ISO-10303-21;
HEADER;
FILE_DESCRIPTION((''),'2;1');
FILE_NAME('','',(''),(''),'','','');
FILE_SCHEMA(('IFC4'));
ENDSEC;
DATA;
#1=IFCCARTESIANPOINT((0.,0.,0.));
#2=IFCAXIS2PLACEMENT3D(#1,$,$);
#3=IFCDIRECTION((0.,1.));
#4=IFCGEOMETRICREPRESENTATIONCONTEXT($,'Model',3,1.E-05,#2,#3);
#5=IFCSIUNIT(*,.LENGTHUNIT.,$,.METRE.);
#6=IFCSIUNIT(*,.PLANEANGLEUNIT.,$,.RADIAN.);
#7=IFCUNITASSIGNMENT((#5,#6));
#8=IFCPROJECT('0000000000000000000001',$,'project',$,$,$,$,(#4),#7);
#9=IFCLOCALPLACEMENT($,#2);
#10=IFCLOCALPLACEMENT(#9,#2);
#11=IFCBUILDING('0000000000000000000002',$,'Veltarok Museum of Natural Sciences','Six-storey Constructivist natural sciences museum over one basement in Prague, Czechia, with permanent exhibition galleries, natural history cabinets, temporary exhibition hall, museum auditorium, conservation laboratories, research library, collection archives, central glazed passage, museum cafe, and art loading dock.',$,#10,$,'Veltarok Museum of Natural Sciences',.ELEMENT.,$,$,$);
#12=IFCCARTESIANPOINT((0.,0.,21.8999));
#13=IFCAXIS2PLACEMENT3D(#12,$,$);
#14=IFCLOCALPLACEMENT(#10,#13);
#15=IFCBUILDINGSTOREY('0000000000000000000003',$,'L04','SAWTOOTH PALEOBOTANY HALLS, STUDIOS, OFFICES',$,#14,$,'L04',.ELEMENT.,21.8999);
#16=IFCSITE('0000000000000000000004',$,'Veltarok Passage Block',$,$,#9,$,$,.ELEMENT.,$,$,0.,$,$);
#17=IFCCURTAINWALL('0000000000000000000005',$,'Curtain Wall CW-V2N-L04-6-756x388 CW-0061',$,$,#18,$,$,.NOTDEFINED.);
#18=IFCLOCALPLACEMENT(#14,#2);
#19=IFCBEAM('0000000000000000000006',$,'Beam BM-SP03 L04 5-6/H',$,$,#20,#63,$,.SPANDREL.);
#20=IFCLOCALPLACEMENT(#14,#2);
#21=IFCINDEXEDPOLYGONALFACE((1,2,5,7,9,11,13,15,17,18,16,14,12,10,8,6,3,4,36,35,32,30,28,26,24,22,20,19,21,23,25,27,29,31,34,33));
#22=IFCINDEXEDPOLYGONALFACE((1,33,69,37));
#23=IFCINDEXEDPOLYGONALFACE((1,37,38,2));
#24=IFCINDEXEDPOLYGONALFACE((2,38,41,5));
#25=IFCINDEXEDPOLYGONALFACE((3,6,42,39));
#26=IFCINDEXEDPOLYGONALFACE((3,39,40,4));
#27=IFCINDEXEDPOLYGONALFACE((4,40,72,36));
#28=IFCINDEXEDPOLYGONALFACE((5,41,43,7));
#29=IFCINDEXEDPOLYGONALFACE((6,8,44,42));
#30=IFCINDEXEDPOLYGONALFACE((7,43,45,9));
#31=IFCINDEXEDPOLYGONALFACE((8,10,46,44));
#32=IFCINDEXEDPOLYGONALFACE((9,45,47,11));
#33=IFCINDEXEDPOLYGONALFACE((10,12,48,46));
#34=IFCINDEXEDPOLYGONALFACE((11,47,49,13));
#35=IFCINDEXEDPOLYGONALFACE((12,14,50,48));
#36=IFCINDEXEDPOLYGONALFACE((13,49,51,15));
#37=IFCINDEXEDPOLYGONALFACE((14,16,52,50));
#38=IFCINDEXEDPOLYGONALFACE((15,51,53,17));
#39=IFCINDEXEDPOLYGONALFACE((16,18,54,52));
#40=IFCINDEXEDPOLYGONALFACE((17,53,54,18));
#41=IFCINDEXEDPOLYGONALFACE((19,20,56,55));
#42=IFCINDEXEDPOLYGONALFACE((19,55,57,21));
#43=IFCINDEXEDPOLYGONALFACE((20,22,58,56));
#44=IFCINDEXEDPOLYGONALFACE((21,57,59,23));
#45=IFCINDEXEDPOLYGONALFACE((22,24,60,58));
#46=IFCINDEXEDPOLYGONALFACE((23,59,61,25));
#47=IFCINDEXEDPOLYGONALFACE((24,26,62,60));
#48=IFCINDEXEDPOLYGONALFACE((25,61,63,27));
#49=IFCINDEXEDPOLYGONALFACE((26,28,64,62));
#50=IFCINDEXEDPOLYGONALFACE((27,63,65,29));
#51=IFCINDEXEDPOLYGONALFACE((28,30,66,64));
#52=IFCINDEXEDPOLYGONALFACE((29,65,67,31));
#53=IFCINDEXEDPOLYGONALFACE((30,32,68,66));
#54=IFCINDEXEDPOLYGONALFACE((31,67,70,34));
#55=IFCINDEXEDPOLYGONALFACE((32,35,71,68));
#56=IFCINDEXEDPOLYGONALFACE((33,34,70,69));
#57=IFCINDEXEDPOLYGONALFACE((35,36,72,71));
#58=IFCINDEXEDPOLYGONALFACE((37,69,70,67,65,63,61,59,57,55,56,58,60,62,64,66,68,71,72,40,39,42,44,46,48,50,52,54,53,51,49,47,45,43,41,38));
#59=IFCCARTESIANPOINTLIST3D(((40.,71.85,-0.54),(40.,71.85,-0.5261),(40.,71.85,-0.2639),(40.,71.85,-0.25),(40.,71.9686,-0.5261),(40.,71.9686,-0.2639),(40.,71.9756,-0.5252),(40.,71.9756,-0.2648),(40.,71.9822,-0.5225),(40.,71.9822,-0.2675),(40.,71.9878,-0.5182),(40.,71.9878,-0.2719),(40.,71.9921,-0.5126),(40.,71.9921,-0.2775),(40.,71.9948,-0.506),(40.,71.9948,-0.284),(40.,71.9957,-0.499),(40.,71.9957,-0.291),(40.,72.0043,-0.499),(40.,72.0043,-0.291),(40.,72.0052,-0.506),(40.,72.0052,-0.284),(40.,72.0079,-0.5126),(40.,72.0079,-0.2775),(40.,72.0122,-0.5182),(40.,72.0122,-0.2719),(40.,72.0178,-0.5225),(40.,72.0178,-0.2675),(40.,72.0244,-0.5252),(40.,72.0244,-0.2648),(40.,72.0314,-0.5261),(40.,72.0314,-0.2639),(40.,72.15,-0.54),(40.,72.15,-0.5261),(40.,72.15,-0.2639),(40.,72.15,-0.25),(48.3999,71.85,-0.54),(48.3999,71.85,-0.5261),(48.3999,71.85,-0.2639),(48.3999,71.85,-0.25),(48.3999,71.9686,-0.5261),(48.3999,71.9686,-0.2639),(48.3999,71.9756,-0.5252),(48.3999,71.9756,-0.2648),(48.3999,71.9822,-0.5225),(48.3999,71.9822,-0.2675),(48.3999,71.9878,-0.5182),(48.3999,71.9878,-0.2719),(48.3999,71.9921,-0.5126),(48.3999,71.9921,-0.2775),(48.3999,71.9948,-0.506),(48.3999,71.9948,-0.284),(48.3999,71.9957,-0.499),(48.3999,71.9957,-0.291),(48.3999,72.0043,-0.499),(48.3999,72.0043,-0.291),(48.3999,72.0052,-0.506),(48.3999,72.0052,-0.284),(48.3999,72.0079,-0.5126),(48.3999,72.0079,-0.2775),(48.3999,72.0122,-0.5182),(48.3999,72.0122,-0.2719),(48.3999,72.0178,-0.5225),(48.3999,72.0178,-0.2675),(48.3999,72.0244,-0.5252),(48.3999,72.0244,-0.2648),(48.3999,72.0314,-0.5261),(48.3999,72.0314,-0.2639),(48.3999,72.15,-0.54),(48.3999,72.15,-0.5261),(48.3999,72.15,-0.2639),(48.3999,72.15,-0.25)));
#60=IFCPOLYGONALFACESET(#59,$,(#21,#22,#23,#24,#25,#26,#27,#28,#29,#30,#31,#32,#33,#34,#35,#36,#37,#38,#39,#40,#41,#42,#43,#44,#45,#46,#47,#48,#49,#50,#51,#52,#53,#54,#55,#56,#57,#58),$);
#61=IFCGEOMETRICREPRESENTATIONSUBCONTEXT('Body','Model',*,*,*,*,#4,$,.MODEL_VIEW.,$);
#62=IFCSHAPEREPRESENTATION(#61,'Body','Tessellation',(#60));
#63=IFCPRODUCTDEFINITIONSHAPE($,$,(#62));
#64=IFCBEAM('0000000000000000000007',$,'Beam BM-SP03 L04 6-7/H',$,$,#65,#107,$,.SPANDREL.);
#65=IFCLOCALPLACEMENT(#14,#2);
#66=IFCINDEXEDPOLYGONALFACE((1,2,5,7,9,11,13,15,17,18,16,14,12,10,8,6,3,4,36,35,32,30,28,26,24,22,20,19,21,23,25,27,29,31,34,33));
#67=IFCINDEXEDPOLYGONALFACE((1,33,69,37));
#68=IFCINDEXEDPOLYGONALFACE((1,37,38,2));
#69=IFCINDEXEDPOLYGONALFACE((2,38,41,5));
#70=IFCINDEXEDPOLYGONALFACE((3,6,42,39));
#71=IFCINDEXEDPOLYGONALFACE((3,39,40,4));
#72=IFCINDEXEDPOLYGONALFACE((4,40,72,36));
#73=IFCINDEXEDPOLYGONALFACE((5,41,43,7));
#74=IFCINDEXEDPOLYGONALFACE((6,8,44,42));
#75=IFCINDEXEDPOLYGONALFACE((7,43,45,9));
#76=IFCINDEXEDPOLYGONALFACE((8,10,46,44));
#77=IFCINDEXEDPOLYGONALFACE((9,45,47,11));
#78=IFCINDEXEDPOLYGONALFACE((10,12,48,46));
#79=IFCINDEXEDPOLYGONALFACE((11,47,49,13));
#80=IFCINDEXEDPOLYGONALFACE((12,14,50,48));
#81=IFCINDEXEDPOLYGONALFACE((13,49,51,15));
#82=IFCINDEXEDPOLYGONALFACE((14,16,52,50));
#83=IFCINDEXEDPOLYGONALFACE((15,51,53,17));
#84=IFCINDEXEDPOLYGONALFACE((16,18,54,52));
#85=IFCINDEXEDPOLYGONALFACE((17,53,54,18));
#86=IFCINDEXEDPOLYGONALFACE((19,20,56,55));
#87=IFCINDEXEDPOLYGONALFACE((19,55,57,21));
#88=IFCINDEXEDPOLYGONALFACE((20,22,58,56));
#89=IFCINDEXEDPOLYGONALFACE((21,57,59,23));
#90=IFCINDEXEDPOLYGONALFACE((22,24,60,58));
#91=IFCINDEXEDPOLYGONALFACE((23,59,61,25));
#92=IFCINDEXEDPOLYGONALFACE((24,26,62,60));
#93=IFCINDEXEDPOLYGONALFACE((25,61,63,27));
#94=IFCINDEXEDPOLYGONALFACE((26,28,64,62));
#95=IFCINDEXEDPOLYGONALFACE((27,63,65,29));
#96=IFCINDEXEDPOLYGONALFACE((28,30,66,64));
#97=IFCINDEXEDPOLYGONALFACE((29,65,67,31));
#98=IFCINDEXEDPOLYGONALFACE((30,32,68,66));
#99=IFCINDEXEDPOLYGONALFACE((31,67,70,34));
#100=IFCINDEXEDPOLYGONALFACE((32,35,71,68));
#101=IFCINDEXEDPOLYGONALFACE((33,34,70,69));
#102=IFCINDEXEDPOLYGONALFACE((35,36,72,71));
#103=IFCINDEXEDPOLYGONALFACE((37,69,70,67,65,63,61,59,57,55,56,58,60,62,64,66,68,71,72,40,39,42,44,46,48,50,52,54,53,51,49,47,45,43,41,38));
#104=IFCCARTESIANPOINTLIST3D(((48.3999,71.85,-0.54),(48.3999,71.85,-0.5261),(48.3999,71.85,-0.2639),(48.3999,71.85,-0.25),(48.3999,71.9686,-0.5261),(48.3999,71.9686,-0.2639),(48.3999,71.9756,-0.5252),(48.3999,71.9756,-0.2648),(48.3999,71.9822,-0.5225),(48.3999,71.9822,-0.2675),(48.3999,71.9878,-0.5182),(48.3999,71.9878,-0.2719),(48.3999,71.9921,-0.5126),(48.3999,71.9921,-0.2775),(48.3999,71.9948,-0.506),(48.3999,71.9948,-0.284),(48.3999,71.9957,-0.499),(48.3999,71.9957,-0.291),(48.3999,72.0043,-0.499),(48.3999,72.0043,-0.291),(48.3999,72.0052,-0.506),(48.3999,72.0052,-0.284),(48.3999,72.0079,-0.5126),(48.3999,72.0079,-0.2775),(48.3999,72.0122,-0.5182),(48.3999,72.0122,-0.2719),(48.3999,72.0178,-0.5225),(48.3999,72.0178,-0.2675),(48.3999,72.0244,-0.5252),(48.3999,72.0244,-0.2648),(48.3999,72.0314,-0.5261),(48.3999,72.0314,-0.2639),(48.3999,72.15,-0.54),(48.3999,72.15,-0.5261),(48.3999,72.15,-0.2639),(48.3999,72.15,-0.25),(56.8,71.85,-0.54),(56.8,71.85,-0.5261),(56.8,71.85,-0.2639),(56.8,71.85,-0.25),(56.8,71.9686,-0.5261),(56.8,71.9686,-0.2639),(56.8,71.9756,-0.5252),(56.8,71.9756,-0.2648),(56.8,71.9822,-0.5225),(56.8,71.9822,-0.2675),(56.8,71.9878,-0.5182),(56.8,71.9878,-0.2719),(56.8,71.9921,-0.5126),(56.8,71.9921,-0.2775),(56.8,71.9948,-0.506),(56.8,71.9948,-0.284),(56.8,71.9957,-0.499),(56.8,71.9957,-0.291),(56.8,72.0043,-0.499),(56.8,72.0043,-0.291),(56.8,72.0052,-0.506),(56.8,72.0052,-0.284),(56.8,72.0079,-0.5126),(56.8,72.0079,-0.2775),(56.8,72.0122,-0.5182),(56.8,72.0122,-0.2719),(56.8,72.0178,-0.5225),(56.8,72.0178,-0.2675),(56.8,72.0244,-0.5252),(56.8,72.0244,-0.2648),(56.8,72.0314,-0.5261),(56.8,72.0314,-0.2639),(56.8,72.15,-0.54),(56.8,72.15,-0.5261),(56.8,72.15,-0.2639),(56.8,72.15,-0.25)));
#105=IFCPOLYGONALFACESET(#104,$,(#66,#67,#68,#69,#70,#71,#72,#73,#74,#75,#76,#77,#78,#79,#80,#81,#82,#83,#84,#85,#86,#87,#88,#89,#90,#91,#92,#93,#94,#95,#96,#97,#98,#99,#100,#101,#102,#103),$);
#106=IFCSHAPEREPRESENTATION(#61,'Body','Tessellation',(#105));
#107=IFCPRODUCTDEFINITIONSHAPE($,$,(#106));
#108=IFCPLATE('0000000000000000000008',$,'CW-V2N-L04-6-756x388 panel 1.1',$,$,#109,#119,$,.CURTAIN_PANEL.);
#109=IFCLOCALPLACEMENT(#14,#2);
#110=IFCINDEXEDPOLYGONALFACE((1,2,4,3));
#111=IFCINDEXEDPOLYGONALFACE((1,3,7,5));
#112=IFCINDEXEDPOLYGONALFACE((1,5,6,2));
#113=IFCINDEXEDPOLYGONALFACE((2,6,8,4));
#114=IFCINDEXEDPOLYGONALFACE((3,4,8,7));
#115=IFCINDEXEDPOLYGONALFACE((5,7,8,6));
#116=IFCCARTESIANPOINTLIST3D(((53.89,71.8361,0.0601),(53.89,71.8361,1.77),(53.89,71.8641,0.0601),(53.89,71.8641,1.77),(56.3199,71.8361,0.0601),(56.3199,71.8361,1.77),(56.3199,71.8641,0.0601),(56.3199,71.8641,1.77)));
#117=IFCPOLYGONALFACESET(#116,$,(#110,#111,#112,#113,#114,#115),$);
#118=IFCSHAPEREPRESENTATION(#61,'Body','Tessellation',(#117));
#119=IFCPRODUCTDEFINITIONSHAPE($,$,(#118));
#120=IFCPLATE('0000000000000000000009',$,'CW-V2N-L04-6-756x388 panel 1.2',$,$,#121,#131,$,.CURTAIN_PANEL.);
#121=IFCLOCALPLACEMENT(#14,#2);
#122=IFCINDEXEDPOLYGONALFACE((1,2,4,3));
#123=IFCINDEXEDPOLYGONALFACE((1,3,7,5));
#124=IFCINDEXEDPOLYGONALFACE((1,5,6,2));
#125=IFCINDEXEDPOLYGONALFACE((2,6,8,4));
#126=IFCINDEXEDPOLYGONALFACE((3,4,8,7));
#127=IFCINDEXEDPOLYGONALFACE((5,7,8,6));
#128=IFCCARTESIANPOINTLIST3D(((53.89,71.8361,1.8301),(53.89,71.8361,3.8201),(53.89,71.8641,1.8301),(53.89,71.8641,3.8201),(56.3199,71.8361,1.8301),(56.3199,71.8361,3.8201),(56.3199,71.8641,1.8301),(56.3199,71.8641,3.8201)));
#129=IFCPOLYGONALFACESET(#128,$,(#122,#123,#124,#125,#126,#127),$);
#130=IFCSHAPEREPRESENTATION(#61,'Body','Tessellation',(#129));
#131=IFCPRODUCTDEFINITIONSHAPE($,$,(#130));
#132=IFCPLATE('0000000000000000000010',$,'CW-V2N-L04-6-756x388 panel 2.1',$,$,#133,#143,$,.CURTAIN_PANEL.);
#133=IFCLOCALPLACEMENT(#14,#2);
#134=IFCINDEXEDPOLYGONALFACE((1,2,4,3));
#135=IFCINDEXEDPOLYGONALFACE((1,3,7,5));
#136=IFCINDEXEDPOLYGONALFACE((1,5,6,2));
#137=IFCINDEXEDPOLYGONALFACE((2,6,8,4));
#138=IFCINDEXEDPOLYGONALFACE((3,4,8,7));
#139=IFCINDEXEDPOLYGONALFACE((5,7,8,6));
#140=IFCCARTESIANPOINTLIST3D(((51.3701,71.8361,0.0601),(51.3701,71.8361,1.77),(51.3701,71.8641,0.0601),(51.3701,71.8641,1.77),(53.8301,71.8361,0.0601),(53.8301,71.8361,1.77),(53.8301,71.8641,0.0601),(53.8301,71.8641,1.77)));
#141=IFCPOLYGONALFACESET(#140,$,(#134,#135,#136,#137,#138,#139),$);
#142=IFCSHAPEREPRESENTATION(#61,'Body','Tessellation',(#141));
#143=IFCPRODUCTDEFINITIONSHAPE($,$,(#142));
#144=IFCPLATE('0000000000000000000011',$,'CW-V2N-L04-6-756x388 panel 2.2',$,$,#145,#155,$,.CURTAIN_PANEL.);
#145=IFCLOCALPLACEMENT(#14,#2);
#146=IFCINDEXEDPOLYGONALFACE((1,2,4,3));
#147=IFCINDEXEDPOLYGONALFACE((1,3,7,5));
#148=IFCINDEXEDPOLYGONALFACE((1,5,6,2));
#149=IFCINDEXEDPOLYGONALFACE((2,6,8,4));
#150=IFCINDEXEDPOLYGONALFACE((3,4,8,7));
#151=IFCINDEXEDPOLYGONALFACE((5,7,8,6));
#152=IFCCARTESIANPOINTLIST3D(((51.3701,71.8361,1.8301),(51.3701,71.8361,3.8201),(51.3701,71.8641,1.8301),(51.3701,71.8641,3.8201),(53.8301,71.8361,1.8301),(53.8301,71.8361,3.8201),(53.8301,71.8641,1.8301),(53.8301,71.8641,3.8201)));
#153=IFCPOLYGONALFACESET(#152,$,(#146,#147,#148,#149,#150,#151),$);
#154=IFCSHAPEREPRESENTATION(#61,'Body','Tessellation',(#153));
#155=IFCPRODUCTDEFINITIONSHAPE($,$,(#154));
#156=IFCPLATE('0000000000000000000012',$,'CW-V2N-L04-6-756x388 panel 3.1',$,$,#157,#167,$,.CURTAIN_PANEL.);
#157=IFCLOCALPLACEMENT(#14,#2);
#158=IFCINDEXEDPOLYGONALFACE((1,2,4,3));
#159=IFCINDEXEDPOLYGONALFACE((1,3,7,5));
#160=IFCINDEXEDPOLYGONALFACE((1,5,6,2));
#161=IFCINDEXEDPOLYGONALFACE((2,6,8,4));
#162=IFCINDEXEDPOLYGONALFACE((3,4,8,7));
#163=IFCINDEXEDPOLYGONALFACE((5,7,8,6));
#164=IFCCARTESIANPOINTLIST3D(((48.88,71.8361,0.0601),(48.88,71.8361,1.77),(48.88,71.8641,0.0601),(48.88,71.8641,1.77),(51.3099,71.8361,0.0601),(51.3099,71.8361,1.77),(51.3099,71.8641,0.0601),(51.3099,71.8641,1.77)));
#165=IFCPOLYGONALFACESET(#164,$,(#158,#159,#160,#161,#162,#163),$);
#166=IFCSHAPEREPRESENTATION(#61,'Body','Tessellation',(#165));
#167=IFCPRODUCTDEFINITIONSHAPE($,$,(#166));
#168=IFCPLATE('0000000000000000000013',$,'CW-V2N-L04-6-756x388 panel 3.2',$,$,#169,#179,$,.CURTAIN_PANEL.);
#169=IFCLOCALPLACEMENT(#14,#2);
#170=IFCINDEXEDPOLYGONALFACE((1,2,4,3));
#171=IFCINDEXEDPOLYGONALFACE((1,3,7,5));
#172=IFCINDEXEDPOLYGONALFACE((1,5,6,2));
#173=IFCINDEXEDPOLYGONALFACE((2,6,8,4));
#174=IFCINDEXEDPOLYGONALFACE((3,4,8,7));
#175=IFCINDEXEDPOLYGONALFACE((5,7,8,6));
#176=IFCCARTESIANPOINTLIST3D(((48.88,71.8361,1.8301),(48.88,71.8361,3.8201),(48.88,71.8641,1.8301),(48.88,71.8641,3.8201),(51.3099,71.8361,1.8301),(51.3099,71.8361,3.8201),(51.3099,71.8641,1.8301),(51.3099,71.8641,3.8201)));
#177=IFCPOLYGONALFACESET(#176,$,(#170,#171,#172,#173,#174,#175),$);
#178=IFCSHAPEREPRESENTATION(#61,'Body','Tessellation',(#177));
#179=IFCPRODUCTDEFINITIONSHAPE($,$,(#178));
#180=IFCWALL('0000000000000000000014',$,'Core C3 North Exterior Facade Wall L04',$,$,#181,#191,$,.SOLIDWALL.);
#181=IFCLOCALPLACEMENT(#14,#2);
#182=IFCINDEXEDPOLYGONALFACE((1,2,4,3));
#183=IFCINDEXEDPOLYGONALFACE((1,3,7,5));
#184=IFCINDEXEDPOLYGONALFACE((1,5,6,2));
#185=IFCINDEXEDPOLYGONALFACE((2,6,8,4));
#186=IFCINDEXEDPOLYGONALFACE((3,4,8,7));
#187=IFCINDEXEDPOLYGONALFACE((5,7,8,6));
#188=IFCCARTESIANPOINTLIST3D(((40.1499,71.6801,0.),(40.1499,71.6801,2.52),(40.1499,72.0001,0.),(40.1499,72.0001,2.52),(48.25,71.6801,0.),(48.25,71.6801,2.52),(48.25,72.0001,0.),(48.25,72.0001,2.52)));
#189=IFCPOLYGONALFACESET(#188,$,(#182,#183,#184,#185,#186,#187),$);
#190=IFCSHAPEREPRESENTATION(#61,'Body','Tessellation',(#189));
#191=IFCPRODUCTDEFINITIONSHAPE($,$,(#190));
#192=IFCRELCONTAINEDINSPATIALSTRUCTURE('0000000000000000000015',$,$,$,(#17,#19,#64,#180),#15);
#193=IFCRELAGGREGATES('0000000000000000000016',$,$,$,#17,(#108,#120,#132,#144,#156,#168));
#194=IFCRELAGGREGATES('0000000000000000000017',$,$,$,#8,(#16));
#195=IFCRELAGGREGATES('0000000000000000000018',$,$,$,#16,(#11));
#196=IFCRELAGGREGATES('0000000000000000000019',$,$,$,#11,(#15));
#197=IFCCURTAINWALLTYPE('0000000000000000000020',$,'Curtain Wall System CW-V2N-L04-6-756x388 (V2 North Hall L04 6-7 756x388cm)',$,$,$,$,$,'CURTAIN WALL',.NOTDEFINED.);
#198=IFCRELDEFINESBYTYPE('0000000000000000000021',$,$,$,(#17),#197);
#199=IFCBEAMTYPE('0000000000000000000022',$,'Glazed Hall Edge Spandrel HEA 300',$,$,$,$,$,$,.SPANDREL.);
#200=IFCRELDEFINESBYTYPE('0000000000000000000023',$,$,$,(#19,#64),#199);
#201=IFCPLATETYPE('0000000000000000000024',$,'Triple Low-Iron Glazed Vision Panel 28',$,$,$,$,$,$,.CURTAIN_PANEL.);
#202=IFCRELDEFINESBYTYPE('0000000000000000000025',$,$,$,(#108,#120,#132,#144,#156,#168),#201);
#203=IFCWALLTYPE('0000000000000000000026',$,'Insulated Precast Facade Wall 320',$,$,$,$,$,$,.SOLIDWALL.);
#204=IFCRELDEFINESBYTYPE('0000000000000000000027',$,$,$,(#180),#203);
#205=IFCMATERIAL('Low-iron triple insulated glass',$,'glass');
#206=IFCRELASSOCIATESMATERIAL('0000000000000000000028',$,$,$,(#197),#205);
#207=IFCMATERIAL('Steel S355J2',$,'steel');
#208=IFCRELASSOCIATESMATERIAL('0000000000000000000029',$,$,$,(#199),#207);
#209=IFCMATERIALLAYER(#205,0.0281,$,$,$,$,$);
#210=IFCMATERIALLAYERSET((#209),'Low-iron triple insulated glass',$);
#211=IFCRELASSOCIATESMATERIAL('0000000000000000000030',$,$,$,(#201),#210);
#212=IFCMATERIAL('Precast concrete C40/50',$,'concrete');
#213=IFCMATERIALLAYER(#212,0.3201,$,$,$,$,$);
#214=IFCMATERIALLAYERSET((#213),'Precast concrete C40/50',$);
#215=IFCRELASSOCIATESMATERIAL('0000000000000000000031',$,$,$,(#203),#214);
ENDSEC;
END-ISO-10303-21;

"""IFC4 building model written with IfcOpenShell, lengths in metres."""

from ifc_helpers import new_model, si_unit, direction, frame, frame_2d, origin, origin_2d, place, context, subcontext, project, spatial, rectangle, i_section, extrude, material, layer, layer_set, material_profile, profile_set, type_object, element, aggregate, save


model = new_model("IFC4")

# Units and contexts
model_context = context("Model", 3, precision=1e-05, world=origin(), true_north=direction((0.0, 1.0)))
body_context = subcontext(model_context, "Body", "Model", "MODEL_VIEW")
ifc_project = project(units=[si_unit("LENGTHUNIT", "METRE"), si_unit("PLANEANGLEUNIT", "RADIAN")], contexts=[model_context])

# Site, building, storey
site_placement = place(None, origin())
site = spatial("IfcSite", under=ifc_project, at=site_placement, Name="Veltarok Passage Block", CompositionType="ELEMENT", RefElevation=0.0)
building_placement = place(site_placement, origin())
building = spatial("IfcBuilding", under=site, at=building_placement, Name="Veltarok Museum of Natural Sciences", Description="Six-storey Constructivist natural sciences museum over one basement in Prague, Czechia, with permanent exhibition galleries, natural history cabinets, temporary exhibition hall, museum auditorium, conservation laboratories, research library, collection archives, central glazed passage, museum cafe, and art loading dock.", LongName="Veltarok Museum of Natural Sciences", CompositionType="ELEMENT")
storey_placement = place(building_placement, frame((0.0, 0.0, 21.8999)))
storey = spatial("IfcBuildingStorey", under=building, at=storey_placement, Name="L04", Description="SAWTOOTH PALEOBOTANY HALLS, STUDIOS, OFFICES", LongName="L04", CompositionType="ELEMENT", Elevation=21.8999)

# Shared definitions
ifc_material_1 = material(Name="Steel S355J2", Category="steel")

# Curtain wall
ifc_material_2 = material(Name="Low-iron triple insulated glass", Category="glass")
curtain_wall_type = type_object("IfcCurtainWallType", Name="Curtain Wall System CW-V2N-L04-6-756x388 (V2 North Hall L04 6-7 756x388cm)", ElementType="CURTAIN WALL", PredefinedType="NOTDEFINED", material=ifc_material_2)
curtain_wall_placement = place(storey_placement, origin())
curtain_wall = element("IfcCurtainWall", 1, at=curtain_wall_placement, inside=storey, type_object=curtain_wall_type, Name="Curtain Wall CW-V2N-L04-6-756x388 CW-0061", PredefinedType="NOTDEFINED")

# Beams
ifc_material_profile_1 = material_profile(ifc_material_1, i_section(OverallWidth=0.3, OverallDepth=0.29, WebThickness=0.0085, FlangeThickness=0.0139, FilletRadius=0.0271, at=origin_2d()), Name="HEA 300")
ifc_profile_set_1 = profile_set([ifc_material_profile_1], Name="Steel S355J2")
beam_type = type_object("IfcBeamType", Name="Glazed Hall Edge Spandrel HEA 300", PredefinedType="SPANDREL", material=ifc_profile_set_1)
beam_1_placement = place(storey_placement, frame((40.0, 72.0, -0.395), z_axis=(1.0, 0.0, 0.0), x_axis=(0.0, 1.0, 0.0)))
element("IfcBeam", 2, at=beam_1_placement, inside=storey, type_object=beam_type, Name="Beam BM-SP03 L04 5-6/H", PredefinedType="SPANDREL", context=body_context, shape_type="SweptSolid", body=[
    extrude(i_section(OverallWidth=0.3, OverallDepth=0.29, WebThickness=0.0085, FlangeThickness=0.0139, FilletRadius=0.0271, at=origin_2d()), origin(), (0.0, 0.0, 1.0), 8.3999),
])
beam_2_placement = place(storey_placement, frame((48.3999, 72.0, -0.395), z_axis=(1.0, 0.0, 0.0), x_axis=(0.0, 1.0, 0.0)))
element("IfcBeam", 3, at=beam_2_placement, inside=storey, type_object=beam_type, Name="Beam BM-SP03 L04 6-7/H", PredefinedType="SPANDREL", context=body_context, shape_type="SweptSolid", body=[
    extrude(i_section(OverallWidth=0.3, OverallDepth=0.29, WebThickness=0.0085, FlangeThickness=0.0139, FilletRadius=0.0271, at=origin_2d()), origin(), (0.0, 0.0, 1.0), 8.4001),
])

# Plates
ifc_layer_1 = layer(ifc_material_2, 0.0281)
ifc_layer_set_1 = layer_set([ifc_layer_1], Name="Low-iron triple insulated glass")
plate_type = type_object("IfcPlateType", Name="Triple Low-Iron Glazed Vision Panel 28", PredefinedType="CURTAIN_PANEL", material=ifc_layer_set_1)
plate_1_placement = place(storey_placement, frame((55.105, 71.8501, 0.0601), z_axis=(0.0, 0.0, 1.0), x_axis=(-1.0, 0.0, 0.0)))
plate_1 = element("IfcPlate", 4, at=plate_1_placement, type_object=plate_type, Name="CW-V2N-L04-6-756x388 panel 1.1", PredefinedType="CURTAIN_PANEL", context=body_context, shape_type="SweptSolid", body=[
    extrude(rectangle(XDim=2.4299, YDim=0.0281, at=origin_2d()), origin(), (0.0, 0.0, 1.0), 1.71),
])
plate_2_placement = place(storey_placement, frame((55.105, 71.8501, 1.8301), z_axis=(0.0, 0.0, 1.0), x_axis=(-1.0, 0.0, 0.0)))
plate_2 = element("IfcPlate", 5, at=plate_2_placement, type_object=plate_type, Name="CW-V2N-L04-6-756x388 panel 1.2", PredefinedType="CURTAIN_PANEL", context=body_context, shape_type="SweptSolid", body=[
    extrude(rectangle(XDim=2.4299, YDim=0.0281, at=origin_2d()), origin(), (0.0, 0.0, 1.0), 1.99),
])
plate_3_placement = place(storey_placement, frame((52.6001, 71.8501, 0.0601), z_axis=(0.0, 0.0, 1.0), x_axis=(-1.0, 0.0, 0.0)))
plate_3 = element("IfcPlate", 6, at=plate_3_placement, type_object=plate_type, Name="CW-V2N-L04-6-756x388 panel 2.1", PredefinedType="CURTAIN_PANEL", context=body_context, shape_type="SweptSolid", body=[
    extrude(rectangle(XDim=2.46, YDim=0.0281, at=origin_2d()), origin(), (0.0, 0.0, 1.0), 1.71),
])
plate_4_placement = place(storey_placement, frame((52.6001, 71.8501, 1.8301), z_axis=(0.0, 0.0, 1.0), x_axis=(-1.0, 0.0, 0.0)))
plate_4 = element("IfcPlate", 7, at=plate_4_placement, type_object=plate_type, Name="CW-V2N-L04-6-756x388 panel 2.2", PredefinedType="CURTAIN_PANEL", context=body_context, shape_type="SweptSolid", body=[
    extrude(rectangle(XDim=2.46, YDim=0.0281, at=origin_2d()), origin(), (0.0, 0.0, 1.0), 1.99),
])
plate_5_placement = place(storey_placement, frame((50.095, 71.8501, 0.0601), z_axis=(0.0, 0.0, 1.0), x_axis=(-1.0, 0.0, 0.0)))
plate_5 = element("IfcPlate", 8, at=plate_5_placement, type_object=plate_type, Name="CW-V2N-L04-6-756x388 panel 3.1", PredefinedType="CURTAIN_PANEL", context=body_context, shape_type="SweptSolid", body=[
    extrude(rectangle(XDim=2.4299, YDim=0.0281, at=origin_2d()), origin(), (0.0, 0.0, 1.0), 1.71),
])
plate_6_placement = place(storey_placement, frame((50.095, 71.8501, 1.8301), z_axis=(0.0, 0.0, 1.0), x_axis=(-1.0, 0.0, 0.0)))
plate_6 = element("IfcPlate", 9, at=plate_6_placement, type_object=plate_type, Name="CW-V2N-L04-6-756x388 panel 3.2", PredefinedType="CURTAIN_PANEL", context=body_context, shape_type="SweptSolid", body=[
    extrude(rectangle(XDim=2.4299, YDim=0.0281, at=origin_2d()), origin(), (0.0, 0.0, 1.0), 1.99),
])
aggregate(curtain_wall, [plate_1, plate_2, plate_3, plate_4, plate_5, plate_6])

# Wall
ifc_material_3 = material(Name="Precast concrete C40/50", Category="concrete")
ifc_layer_2 = layer(ifc_material_3, 0.3201)
ifc_layer_set_2 = layer_set([ifc_layer_2], Name="Precast concrete C40/50")
wall_type_1 = type_object("IfcWallType", Name="Insulated Precast Facade Wall 320", PredefinedType="SOLIDWALL", material=ifc_layer_set_2)
wall_1_placement = place(storey_placement, frame((48.25, 71.8401, 0.0), z_axis=(0.0, 0.0, 1.0), x_axis=(-1.0, 0.0, 0.0)))
element("IfcWall", 10, at=wall_1_placement, inside=storey, type_object=wall_type_1, Name="Core C3 North Exterior Facade Wall L04", PredefinedType="SOLIDWALL", context=body_context, shape_type="SweptSolid", body=[
    extrude(rectangle(XDim=8.1001, YDim=0.3201, at=frame_2d((4.05, 0.0))), origin(), (0.0, 0.0, 1.0), 2.52),
])

save(model, "model.ifc")
